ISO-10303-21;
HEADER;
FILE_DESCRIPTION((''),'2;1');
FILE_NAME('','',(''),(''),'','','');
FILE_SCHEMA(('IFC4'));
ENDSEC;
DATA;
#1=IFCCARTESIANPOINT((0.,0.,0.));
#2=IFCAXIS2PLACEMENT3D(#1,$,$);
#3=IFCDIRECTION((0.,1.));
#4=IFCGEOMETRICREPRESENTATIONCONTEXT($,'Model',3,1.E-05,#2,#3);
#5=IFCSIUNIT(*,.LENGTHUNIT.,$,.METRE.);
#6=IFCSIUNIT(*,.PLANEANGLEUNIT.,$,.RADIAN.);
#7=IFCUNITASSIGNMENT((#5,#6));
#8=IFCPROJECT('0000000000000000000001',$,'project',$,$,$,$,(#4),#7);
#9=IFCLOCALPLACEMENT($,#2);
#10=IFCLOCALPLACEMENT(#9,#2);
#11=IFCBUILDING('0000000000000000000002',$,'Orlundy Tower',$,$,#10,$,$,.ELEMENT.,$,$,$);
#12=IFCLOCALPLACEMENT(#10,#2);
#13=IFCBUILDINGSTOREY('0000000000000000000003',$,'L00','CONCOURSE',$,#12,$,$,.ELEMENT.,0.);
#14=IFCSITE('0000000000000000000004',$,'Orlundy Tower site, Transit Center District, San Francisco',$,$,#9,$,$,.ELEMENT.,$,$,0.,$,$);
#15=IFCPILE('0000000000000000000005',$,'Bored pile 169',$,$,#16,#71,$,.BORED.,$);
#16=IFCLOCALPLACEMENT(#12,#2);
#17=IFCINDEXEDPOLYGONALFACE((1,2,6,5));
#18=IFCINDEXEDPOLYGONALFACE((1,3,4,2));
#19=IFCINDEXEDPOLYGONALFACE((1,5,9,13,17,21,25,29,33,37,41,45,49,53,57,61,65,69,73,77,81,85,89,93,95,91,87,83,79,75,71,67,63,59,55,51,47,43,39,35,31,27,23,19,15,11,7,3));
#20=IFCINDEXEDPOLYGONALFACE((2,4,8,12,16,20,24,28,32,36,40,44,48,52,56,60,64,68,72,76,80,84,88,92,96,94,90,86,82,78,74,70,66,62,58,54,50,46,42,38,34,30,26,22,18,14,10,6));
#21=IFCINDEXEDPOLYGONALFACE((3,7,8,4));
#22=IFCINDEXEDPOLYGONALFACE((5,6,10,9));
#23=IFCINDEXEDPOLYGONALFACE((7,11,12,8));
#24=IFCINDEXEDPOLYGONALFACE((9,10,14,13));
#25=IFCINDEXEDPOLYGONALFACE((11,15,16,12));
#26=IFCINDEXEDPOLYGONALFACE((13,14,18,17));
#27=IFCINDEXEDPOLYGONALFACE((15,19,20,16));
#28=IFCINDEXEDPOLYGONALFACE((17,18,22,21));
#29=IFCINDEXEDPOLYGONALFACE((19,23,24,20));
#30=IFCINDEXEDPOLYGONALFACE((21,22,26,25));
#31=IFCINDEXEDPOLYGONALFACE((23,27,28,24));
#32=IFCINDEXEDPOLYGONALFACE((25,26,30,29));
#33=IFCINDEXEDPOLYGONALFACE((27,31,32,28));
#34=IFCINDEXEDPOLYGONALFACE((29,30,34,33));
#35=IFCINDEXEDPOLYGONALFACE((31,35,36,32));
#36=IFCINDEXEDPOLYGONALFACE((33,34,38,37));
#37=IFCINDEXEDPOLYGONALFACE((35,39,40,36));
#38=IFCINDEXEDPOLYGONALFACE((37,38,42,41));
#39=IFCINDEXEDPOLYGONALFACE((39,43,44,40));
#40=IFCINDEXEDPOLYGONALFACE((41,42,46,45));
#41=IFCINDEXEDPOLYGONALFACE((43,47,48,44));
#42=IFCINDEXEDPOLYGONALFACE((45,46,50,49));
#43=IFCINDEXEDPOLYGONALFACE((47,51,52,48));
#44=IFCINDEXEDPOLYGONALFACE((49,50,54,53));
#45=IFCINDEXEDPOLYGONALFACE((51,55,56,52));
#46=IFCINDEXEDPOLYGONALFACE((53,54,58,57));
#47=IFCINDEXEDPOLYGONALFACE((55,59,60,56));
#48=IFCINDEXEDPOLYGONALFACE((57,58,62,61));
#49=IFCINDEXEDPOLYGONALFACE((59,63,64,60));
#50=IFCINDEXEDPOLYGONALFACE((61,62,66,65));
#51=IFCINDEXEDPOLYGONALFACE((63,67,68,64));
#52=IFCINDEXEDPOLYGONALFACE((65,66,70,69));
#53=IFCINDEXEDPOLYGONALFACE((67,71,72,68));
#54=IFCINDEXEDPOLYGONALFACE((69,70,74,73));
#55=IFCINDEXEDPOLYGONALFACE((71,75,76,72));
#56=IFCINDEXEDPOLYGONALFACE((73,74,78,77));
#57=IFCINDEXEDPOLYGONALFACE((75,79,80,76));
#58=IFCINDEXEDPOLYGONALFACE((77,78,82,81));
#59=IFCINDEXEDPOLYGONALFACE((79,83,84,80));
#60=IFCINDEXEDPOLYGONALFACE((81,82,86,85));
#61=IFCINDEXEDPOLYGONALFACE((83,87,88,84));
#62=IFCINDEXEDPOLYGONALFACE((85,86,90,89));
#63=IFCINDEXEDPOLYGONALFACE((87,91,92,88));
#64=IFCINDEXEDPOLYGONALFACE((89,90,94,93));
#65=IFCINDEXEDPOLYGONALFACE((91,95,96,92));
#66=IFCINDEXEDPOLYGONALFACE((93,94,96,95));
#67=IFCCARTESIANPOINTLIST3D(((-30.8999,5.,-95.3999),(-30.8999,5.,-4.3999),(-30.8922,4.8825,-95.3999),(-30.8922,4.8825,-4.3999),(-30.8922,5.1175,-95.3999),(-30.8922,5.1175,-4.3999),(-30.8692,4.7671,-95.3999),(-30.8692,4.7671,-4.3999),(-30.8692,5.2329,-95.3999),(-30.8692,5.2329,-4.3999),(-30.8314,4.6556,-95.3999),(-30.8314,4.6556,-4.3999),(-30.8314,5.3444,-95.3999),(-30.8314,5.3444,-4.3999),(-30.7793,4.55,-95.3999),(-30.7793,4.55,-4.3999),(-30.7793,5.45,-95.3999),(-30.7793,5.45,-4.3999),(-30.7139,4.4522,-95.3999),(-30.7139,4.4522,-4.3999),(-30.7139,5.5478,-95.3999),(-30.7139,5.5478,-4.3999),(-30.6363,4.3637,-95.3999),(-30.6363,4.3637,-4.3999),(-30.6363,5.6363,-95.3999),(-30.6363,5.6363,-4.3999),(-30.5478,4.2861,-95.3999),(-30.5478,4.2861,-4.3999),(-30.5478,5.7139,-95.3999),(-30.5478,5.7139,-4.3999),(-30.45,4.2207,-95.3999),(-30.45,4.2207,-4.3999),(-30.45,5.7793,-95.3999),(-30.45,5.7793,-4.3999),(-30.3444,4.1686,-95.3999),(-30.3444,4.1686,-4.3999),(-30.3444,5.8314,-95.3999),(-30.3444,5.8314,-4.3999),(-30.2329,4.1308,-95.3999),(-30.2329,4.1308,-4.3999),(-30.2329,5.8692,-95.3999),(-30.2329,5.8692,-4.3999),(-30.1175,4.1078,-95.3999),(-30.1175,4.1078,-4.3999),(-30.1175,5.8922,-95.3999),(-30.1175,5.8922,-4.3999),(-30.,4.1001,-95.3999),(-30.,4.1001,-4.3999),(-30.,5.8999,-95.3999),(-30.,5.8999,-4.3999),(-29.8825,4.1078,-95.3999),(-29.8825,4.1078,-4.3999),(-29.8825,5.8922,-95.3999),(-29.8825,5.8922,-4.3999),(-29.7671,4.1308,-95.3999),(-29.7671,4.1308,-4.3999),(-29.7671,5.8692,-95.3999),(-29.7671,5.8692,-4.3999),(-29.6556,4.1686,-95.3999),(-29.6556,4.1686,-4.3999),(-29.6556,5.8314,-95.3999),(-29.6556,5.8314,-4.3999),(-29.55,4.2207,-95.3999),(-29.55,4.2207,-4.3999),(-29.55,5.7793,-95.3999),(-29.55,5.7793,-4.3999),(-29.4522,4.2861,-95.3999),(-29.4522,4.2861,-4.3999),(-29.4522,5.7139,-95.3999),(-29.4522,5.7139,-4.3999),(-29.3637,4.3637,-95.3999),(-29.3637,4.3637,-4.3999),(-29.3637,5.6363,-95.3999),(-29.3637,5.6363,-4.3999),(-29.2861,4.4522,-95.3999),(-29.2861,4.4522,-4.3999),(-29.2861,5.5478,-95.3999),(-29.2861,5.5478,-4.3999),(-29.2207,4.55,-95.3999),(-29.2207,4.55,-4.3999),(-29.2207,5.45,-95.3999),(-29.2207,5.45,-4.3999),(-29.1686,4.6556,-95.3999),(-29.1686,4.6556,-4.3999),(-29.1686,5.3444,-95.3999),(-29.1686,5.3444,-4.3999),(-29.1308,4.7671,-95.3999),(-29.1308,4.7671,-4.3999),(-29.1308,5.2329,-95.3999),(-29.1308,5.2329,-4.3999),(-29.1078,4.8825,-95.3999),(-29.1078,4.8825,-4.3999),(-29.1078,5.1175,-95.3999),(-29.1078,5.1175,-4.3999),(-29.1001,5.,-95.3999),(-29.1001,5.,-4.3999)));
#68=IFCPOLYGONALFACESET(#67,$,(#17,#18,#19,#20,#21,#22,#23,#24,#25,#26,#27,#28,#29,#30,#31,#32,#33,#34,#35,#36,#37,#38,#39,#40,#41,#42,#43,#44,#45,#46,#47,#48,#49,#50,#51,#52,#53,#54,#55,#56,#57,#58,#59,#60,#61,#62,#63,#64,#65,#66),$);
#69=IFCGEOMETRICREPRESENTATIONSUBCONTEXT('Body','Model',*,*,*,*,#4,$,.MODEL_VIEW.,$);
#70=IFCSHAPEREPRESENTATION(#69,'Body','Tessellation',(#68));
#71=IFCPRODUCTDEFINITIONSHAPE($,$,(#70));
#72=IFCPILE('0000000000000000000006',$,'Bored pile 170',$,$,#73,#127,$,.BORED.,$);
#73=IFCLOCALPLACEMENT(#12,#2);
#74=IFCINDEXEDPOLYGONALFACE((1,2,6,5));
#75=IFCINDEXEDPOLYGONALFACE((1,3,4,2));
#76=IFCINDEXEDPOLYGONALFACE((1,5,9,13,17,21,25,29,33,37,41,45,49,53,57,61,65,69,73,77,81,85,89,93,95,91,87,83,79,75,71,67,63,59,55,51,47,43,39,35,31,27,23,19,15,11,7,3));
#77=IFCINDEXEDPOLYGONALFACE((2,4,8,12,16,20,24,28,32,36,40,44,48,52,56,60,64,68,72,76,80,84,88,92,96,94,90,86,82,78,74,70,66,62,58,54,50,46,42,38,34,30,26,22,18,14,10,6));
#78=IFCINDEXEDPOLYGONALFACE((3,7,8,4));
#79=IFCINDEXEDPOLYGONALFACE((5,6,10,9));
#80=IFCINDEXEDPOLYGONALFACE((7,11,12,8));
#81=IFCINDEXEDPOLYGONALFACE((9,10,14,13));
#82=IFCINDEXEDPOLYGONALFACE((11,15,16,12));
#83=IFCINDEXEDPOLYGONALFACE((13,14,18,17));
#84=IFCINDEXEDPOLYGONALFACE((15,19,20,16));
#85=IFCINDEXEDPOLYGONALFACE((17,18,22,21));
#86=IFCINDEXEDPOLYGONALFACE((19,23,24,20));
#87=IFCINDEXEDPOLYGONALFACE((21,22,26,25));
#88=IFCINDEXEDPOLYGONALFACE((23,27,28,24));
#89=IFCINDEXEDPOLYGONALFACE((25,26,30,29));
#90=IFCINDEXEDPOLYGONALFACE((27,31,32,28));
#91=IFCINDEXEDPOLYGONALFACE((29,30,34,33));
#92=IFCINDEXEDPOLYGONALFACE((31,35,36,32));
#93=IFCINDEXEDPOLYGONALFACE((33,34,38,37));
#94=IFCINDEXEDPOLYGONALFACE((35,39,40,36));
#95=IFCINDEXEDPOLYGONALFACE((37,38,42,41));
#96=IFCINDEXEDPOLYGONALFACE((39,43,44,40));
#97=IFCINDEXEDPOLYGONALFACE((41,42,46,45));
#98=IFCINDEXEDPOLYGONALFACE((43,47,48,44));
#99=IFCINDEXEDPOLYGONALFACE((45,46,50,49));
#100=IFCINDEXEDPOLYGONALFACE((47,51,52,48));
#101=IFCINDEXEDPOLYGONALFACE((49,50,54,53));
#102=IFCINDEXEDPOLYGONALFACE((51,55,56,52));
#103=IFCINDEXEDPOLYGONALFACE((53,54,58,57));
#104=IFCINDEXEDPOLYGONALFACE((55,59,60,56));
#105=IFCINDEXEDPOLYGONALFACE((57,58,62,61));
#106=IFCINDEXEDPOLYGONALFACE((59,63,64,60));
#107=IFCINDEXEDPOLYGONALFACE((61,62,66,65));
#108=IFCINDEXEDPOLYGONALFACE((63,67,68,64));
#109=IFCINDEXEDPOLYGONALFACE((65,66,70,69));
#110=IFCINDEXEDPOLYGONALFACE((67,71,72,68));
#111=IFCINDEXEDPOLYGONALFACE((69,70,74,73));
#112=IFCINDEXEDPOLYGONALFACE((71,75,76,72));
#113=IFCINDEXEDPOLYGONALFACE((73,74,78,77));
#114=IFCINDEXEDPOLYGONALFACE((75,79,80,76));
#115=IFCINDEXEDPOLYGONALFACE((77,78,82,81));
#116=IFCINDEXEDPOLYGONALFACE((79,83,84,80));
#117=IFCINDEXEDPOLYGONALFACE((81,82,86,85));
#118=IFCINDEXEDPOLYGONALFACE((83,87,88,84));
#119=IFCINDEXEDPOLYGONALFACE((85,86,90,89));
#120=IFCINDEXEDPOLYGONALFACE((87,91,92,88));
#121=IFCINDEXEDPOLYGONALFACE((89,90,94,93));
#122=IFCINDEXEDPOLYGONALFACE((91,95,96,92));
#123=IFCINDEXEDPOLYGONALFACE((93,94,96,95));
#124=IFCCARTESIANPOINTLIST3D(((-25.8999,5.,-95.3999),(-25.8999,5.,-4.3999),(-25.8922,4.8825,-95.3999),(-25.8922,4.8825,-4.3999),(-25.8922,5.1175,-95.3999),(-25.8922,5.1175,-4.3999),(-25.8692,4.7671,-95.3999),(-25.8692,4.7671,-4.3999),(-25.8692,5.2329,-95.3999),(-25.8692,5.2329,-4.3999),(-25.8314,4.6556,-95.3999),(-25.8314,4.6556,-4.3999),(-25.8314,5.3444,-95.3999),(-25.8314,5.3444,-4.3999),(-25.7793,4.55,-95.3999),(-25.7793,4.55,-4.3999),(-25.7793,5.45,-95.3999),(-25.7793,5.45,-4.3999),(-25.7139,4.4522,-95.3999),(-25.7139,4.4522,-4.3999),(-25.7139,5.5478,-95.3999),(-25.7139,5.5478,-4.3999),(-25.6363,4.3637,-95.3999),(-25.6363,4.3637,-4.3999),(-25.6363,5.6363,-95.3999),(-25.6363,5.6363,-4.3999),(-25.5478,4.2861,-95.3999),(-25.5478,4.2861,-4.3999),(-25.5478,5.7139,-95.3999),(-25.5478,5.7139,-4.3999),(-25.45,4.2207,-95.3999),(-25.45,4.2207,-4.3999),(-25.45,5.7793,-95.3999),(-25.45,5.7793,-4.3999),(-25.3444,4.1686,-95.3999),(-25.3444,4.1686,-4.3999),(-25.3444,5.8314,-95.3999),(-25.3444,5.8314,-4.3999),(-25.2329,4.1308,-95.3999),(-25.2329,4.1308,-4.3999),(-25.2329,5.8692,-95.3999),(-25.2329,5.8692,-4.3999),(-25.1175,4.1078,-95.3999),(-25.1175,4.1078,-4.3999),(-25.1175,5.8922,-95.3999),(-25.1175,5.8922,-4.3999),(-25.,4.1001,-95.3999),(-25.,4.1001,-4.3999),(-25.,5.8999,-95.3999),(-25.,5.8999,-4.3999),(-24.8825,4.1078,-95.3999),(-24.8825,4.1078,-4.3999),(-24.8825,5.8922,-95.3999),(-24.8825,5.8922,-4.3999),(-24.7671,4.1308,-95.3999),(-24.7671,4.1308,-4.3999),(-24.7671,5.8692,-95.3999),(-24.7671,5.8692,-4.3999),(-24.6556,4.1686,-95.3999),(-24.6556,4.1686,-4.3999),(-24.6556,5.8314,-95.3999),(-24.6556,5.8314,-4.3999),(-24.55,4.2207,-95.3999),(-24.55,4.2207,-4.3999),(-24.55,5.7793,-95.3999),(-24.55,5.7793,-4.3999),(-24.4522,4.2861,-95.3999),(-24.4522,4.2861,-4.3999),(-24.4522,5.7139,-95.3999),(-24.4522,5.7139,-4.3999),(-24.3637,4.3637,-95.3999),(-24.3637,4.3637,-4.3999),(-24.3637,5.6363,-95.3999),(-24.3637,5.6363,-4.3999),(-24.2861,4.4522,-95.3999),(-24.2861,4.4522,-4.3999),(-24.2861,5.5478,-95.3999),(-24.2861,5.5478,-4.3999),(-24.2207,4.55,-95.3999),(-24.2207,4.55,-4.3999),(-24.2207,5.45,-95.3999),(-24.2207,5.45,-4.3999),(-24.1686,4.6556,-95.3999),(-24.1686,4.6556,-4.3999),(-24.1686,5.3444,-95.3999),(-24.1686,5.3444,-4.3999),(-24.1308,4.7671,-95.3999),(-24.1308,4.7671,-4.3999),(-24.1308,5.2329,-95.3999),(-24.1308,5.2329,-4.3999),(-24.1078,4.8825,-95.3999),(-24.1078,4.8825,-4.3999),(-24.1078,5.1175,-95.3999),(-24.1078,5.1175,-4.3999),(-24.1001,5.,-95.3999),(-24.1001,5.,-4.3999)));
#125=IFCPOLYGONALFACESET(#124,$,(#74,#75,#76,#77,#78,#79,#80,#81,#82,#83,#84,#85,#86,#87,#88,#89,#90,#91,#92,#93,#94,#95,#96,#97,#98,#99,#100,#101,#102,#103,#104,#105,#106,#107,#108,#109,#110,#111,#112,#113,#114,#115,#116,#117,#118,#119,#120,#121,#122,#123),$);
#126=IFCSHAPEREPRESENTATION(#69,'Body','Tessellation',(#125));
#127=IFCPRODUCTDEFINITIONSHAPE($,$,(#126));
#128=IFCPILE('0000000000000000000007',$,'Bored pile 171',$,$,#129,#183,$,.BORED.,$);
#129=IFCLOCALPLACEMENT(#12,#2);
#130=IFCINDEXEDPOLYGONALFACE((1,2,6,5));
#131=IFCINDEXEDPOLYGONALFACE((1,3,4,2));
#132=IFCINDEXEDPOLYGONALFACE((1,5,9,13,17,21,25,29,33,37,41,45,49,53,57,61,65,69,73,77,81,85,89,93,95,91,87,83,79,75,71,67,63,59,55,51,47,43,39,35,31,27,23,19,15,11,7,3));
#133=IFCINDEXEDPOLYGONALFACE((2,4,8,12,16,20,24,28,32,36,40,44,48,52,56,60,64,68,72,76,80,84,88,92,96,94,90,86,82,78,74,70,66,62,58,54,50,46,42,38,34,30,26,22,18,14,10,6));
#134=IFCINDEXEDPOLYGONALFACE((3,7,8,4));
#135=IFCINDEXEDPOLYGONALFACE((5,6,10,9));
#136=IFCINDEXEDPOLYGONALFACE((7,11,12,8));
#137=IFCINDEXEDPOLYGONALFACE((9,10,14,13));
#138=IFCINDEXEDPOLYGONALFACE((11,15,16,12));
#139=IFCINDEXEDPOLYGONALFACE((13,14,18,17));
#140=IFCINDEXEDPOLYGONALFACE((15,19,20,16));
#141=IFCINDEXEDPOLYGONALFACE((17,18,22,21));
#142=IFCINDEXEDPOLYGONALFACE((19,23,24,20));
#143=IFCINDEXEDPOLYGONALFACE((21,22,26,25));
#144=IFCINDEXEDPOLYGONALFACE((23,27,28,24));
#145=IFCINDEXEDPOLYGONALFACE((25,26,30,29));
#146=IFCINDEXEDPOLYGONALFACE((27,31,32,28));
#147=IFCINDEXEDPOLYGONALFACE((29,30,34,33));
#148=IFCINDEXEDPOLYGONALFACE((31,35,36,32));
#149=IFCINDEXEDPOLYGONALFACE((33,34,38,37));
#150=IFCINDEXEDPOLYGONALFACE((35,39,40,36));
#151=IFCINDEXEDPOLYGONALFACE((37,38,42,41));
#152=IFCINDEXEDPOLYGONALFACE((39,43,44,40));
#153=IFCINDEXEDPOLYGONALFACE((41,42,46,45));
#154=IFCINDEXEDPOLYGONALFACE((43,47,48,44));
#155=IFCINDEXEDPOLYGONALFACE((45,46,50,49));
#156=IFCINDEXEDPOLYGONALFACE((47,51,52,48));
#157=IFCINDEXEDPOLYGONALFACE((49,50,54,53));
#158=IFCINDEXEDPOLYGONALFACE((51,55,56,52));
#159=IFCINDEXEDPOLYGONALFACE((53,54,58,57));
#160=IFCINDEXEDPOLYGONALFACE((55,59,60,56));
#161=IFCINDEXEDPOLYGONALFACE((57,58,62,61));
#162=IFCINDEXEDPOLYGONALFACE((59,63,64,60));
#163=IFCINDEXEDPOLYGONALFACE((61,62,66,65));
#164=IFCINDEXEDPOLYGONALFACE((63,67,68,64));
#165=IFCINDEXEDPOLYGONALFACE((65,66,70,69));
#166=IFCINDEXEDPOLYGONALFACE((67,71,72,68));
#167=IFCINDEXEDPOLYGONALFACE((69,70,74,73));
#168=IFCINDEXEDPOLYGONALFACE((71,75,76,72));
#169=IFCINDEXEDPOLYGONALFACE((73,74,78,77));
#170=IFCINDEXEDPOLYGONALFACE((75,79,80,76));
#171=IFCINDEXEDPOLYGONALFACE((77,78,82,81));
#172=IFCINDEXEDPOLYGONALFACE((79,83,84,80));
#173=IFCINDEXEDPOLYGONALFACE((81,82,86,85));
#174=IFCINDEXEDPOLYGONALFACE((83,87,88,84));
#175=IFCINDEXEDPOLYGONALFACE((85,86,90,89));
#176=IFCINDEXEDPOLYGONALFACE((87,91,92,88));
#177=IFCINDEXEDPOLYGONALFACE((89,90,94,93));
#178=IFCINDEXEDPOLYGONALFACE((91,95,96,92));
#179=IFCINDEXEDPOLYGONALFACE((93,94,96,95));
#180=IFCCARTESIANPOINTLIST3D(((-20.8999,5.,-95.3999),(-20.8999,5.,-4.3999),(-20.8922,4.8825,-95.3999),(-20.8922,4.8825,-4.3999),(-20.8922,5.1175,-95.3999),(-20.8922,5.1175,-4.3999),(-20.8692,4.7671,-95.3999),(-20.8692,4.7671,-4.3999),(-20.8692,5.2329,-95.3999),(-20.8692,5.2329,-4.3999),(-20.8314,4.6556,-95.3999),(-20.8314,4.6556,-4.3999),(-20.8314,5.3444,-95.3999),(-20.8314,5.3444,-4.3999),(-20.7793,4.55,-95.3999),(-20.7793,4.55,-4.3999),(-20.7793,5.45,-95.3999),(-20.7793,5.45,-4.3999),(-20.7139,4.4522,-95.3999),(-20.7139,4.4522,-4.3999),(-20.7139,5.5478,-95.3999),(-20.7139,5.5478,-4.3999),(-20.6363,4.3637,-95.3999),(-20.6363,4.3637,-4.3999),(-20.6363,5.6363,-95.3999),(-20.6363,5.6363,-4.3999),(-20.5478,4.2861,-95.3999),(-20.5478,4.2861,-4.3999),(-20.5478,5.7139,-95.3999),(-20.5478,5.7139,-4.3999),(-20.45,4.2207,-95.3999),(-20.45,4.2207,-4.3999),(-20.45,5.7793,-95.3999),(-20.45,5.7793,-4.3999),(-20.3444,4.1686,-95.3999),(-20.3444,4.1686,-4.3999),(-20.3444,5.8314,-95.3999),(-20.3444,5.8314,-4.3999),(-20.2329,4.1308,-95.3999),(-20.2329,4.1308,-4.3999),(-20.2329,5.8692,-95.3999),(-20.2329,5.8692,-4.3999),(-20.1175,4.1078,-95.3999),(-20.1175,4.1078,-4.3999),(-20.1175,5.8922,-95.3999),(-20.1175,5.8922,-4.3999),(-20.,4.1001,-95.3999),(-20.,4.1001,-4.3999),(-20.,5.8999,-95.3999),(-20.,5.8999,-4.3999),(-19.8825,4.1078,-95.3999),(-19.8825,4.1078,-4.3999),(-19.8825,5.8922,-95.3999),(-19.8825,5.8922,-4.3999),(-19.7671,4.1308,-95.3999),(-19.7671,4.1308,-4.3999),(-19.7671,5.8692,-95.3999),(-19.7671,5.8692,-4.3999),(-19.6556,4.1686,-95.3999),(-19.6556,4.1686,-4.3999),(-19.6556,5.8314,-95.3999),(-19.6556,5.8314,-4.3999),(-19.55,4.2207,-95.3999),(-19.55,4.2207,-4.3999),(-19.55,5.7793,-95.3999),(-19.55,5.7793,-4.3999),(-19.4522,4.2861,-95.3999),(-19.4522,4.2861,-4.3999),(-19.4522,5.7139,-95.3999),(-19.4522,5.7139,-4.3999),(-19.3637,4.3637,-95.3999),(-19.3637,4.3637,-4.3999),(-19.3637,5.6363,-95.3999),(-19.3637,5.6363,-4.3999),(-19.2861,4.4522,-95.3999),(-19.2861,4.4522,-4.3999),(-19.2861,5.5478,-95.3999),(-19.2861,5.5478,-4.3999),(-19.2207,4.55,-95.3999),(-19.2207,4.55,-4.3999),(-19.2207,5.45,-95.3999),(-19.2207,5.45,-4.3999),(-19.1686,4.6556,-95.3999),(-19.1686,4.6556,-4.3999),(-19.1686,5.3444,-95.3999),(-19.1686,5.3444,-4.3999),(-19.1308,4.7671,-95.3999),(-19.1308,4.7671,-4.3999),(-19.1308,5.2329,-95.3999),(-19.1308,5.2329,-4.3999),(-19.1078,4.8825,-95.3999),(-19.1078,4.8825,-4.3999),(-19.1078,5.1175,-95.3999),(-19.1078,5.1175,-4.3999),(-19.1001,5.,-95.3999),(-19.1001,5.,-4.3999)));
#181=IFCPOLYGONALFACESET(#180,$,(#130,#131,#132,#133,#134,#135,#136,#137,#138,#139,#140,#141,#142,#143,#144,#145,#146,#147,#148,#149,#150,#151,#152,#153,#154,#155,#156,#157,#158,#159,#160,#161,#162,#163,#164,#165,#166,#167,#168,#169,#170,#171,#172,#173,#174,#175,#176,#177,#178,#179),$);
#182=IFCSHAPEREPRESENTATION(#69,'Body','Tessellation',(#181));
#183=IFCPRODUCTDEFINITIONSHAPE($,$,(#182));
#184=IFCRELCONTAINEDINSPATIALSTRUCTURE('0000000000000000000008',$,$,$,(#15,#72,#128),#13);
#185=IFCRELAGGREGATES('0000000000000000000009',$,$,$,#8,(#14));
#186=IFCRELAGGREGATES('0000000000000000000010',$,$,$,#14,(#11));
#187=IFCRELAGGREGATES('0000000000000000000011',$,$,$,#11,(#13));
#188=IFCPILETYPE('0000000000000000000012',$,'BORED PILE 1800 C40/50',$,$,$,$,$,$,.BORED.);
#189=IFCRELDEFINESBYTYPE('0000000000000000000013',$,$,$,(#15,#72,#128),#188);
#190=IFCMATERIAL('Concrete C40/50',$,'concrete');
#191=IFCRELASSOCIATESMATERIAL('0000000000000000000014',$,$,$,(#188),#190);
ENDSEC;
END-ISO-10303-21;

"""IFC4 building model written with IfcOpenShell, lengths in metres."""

from ifc_helpers import new_model, si_unit, direction, frame, origin, origin_2d, place, context, subcontext, project, spatial, circle, extrude, material, material_profile, profile_set, type_object, element, save


model = new_model("IFC4")

# Units and contexts
model_context = context("Model", 3, precision=1e-05, world=origin(), true_north=direction((0.0, 1.0)))
body_context = subcontext(model_context, "Body", "Model", "MODEL_VIEW")
ifc_project = project(units=[si_unit("LENGTHUNIT", "METRE"), si_unit("PLANEANGLEUNIT", "RADIAN")], contexts=[model_context])

# Site, building, storey
site_placement = place(None, origin())
site = spatial("IfcSite", under=ifc_project, at=site_placement, Name="Orlundy Tower site, Transit Center District, San Francisco", CompositionType="ELEMENT", RefElevation=0.0)
building_placement = place(site_placement, origin())
building = spatial("IfcBuilding", under=site, at=building_placement, Name="Orlundy Tower", CompositionType="ELEMENT")
storey_placement = place(building_placement, origin())
storey = spatial("IfcBuildingStorey", under=building, at=storey_placement, Name="L00", Description="CONCOURSE", CompositionType="ELEMENT", Elevation=0.0)

# Piles
ifc_material_1 = material(Name="Concrete C40/50", Category="concrete")
ifc_material_profile_1 = material_profile(ifc_material_1, circle(Radius=0.8999, at=origin_2d()), Name="BP1800")
ifc_profile_set_1 = profile_set([ifc_material_profile_1], Name="Concrete C40/50")
pile_type = type_object("IfcPileType", Name="BORED PILE 1800 C40/50", PredefinedType="BORED", material=ifc_profile_set_1)
for number, where, z_axis, x_axis, name in (
    (1, (-30.0, 5.0, -4.3999), (0.0, 0.0, -1.0), (1.0, 0.0, 0.0), "Bored pile 169"),
    (2, (-25.0, 5.0, -4.3999), (0.0, 0.0, -1.0), (1.0, 0.0, 0.0), "Bored pile 170"),
    (3, (-20.0, 5.0, -4.3999), (0.0, 0.0, -1.0), (1.0, 0.0, 0.0), "Bored pile 171"),
):
    element("IfcPile", number, at=place(storey_placement, frame(where, z_axis=z_axis, x_axis=x_axis)), inside=storey, type_object=pile_type, Name=name, PredefinedType="BORED", context=body_context, shape_type="SweptSolid", body=[
        extrude(circle(Radius=0.8999, at=origin_2d()), origin(), (0.0, 0.0, 1.0), 91.0),
    ])

save(model, "model.ifc")
